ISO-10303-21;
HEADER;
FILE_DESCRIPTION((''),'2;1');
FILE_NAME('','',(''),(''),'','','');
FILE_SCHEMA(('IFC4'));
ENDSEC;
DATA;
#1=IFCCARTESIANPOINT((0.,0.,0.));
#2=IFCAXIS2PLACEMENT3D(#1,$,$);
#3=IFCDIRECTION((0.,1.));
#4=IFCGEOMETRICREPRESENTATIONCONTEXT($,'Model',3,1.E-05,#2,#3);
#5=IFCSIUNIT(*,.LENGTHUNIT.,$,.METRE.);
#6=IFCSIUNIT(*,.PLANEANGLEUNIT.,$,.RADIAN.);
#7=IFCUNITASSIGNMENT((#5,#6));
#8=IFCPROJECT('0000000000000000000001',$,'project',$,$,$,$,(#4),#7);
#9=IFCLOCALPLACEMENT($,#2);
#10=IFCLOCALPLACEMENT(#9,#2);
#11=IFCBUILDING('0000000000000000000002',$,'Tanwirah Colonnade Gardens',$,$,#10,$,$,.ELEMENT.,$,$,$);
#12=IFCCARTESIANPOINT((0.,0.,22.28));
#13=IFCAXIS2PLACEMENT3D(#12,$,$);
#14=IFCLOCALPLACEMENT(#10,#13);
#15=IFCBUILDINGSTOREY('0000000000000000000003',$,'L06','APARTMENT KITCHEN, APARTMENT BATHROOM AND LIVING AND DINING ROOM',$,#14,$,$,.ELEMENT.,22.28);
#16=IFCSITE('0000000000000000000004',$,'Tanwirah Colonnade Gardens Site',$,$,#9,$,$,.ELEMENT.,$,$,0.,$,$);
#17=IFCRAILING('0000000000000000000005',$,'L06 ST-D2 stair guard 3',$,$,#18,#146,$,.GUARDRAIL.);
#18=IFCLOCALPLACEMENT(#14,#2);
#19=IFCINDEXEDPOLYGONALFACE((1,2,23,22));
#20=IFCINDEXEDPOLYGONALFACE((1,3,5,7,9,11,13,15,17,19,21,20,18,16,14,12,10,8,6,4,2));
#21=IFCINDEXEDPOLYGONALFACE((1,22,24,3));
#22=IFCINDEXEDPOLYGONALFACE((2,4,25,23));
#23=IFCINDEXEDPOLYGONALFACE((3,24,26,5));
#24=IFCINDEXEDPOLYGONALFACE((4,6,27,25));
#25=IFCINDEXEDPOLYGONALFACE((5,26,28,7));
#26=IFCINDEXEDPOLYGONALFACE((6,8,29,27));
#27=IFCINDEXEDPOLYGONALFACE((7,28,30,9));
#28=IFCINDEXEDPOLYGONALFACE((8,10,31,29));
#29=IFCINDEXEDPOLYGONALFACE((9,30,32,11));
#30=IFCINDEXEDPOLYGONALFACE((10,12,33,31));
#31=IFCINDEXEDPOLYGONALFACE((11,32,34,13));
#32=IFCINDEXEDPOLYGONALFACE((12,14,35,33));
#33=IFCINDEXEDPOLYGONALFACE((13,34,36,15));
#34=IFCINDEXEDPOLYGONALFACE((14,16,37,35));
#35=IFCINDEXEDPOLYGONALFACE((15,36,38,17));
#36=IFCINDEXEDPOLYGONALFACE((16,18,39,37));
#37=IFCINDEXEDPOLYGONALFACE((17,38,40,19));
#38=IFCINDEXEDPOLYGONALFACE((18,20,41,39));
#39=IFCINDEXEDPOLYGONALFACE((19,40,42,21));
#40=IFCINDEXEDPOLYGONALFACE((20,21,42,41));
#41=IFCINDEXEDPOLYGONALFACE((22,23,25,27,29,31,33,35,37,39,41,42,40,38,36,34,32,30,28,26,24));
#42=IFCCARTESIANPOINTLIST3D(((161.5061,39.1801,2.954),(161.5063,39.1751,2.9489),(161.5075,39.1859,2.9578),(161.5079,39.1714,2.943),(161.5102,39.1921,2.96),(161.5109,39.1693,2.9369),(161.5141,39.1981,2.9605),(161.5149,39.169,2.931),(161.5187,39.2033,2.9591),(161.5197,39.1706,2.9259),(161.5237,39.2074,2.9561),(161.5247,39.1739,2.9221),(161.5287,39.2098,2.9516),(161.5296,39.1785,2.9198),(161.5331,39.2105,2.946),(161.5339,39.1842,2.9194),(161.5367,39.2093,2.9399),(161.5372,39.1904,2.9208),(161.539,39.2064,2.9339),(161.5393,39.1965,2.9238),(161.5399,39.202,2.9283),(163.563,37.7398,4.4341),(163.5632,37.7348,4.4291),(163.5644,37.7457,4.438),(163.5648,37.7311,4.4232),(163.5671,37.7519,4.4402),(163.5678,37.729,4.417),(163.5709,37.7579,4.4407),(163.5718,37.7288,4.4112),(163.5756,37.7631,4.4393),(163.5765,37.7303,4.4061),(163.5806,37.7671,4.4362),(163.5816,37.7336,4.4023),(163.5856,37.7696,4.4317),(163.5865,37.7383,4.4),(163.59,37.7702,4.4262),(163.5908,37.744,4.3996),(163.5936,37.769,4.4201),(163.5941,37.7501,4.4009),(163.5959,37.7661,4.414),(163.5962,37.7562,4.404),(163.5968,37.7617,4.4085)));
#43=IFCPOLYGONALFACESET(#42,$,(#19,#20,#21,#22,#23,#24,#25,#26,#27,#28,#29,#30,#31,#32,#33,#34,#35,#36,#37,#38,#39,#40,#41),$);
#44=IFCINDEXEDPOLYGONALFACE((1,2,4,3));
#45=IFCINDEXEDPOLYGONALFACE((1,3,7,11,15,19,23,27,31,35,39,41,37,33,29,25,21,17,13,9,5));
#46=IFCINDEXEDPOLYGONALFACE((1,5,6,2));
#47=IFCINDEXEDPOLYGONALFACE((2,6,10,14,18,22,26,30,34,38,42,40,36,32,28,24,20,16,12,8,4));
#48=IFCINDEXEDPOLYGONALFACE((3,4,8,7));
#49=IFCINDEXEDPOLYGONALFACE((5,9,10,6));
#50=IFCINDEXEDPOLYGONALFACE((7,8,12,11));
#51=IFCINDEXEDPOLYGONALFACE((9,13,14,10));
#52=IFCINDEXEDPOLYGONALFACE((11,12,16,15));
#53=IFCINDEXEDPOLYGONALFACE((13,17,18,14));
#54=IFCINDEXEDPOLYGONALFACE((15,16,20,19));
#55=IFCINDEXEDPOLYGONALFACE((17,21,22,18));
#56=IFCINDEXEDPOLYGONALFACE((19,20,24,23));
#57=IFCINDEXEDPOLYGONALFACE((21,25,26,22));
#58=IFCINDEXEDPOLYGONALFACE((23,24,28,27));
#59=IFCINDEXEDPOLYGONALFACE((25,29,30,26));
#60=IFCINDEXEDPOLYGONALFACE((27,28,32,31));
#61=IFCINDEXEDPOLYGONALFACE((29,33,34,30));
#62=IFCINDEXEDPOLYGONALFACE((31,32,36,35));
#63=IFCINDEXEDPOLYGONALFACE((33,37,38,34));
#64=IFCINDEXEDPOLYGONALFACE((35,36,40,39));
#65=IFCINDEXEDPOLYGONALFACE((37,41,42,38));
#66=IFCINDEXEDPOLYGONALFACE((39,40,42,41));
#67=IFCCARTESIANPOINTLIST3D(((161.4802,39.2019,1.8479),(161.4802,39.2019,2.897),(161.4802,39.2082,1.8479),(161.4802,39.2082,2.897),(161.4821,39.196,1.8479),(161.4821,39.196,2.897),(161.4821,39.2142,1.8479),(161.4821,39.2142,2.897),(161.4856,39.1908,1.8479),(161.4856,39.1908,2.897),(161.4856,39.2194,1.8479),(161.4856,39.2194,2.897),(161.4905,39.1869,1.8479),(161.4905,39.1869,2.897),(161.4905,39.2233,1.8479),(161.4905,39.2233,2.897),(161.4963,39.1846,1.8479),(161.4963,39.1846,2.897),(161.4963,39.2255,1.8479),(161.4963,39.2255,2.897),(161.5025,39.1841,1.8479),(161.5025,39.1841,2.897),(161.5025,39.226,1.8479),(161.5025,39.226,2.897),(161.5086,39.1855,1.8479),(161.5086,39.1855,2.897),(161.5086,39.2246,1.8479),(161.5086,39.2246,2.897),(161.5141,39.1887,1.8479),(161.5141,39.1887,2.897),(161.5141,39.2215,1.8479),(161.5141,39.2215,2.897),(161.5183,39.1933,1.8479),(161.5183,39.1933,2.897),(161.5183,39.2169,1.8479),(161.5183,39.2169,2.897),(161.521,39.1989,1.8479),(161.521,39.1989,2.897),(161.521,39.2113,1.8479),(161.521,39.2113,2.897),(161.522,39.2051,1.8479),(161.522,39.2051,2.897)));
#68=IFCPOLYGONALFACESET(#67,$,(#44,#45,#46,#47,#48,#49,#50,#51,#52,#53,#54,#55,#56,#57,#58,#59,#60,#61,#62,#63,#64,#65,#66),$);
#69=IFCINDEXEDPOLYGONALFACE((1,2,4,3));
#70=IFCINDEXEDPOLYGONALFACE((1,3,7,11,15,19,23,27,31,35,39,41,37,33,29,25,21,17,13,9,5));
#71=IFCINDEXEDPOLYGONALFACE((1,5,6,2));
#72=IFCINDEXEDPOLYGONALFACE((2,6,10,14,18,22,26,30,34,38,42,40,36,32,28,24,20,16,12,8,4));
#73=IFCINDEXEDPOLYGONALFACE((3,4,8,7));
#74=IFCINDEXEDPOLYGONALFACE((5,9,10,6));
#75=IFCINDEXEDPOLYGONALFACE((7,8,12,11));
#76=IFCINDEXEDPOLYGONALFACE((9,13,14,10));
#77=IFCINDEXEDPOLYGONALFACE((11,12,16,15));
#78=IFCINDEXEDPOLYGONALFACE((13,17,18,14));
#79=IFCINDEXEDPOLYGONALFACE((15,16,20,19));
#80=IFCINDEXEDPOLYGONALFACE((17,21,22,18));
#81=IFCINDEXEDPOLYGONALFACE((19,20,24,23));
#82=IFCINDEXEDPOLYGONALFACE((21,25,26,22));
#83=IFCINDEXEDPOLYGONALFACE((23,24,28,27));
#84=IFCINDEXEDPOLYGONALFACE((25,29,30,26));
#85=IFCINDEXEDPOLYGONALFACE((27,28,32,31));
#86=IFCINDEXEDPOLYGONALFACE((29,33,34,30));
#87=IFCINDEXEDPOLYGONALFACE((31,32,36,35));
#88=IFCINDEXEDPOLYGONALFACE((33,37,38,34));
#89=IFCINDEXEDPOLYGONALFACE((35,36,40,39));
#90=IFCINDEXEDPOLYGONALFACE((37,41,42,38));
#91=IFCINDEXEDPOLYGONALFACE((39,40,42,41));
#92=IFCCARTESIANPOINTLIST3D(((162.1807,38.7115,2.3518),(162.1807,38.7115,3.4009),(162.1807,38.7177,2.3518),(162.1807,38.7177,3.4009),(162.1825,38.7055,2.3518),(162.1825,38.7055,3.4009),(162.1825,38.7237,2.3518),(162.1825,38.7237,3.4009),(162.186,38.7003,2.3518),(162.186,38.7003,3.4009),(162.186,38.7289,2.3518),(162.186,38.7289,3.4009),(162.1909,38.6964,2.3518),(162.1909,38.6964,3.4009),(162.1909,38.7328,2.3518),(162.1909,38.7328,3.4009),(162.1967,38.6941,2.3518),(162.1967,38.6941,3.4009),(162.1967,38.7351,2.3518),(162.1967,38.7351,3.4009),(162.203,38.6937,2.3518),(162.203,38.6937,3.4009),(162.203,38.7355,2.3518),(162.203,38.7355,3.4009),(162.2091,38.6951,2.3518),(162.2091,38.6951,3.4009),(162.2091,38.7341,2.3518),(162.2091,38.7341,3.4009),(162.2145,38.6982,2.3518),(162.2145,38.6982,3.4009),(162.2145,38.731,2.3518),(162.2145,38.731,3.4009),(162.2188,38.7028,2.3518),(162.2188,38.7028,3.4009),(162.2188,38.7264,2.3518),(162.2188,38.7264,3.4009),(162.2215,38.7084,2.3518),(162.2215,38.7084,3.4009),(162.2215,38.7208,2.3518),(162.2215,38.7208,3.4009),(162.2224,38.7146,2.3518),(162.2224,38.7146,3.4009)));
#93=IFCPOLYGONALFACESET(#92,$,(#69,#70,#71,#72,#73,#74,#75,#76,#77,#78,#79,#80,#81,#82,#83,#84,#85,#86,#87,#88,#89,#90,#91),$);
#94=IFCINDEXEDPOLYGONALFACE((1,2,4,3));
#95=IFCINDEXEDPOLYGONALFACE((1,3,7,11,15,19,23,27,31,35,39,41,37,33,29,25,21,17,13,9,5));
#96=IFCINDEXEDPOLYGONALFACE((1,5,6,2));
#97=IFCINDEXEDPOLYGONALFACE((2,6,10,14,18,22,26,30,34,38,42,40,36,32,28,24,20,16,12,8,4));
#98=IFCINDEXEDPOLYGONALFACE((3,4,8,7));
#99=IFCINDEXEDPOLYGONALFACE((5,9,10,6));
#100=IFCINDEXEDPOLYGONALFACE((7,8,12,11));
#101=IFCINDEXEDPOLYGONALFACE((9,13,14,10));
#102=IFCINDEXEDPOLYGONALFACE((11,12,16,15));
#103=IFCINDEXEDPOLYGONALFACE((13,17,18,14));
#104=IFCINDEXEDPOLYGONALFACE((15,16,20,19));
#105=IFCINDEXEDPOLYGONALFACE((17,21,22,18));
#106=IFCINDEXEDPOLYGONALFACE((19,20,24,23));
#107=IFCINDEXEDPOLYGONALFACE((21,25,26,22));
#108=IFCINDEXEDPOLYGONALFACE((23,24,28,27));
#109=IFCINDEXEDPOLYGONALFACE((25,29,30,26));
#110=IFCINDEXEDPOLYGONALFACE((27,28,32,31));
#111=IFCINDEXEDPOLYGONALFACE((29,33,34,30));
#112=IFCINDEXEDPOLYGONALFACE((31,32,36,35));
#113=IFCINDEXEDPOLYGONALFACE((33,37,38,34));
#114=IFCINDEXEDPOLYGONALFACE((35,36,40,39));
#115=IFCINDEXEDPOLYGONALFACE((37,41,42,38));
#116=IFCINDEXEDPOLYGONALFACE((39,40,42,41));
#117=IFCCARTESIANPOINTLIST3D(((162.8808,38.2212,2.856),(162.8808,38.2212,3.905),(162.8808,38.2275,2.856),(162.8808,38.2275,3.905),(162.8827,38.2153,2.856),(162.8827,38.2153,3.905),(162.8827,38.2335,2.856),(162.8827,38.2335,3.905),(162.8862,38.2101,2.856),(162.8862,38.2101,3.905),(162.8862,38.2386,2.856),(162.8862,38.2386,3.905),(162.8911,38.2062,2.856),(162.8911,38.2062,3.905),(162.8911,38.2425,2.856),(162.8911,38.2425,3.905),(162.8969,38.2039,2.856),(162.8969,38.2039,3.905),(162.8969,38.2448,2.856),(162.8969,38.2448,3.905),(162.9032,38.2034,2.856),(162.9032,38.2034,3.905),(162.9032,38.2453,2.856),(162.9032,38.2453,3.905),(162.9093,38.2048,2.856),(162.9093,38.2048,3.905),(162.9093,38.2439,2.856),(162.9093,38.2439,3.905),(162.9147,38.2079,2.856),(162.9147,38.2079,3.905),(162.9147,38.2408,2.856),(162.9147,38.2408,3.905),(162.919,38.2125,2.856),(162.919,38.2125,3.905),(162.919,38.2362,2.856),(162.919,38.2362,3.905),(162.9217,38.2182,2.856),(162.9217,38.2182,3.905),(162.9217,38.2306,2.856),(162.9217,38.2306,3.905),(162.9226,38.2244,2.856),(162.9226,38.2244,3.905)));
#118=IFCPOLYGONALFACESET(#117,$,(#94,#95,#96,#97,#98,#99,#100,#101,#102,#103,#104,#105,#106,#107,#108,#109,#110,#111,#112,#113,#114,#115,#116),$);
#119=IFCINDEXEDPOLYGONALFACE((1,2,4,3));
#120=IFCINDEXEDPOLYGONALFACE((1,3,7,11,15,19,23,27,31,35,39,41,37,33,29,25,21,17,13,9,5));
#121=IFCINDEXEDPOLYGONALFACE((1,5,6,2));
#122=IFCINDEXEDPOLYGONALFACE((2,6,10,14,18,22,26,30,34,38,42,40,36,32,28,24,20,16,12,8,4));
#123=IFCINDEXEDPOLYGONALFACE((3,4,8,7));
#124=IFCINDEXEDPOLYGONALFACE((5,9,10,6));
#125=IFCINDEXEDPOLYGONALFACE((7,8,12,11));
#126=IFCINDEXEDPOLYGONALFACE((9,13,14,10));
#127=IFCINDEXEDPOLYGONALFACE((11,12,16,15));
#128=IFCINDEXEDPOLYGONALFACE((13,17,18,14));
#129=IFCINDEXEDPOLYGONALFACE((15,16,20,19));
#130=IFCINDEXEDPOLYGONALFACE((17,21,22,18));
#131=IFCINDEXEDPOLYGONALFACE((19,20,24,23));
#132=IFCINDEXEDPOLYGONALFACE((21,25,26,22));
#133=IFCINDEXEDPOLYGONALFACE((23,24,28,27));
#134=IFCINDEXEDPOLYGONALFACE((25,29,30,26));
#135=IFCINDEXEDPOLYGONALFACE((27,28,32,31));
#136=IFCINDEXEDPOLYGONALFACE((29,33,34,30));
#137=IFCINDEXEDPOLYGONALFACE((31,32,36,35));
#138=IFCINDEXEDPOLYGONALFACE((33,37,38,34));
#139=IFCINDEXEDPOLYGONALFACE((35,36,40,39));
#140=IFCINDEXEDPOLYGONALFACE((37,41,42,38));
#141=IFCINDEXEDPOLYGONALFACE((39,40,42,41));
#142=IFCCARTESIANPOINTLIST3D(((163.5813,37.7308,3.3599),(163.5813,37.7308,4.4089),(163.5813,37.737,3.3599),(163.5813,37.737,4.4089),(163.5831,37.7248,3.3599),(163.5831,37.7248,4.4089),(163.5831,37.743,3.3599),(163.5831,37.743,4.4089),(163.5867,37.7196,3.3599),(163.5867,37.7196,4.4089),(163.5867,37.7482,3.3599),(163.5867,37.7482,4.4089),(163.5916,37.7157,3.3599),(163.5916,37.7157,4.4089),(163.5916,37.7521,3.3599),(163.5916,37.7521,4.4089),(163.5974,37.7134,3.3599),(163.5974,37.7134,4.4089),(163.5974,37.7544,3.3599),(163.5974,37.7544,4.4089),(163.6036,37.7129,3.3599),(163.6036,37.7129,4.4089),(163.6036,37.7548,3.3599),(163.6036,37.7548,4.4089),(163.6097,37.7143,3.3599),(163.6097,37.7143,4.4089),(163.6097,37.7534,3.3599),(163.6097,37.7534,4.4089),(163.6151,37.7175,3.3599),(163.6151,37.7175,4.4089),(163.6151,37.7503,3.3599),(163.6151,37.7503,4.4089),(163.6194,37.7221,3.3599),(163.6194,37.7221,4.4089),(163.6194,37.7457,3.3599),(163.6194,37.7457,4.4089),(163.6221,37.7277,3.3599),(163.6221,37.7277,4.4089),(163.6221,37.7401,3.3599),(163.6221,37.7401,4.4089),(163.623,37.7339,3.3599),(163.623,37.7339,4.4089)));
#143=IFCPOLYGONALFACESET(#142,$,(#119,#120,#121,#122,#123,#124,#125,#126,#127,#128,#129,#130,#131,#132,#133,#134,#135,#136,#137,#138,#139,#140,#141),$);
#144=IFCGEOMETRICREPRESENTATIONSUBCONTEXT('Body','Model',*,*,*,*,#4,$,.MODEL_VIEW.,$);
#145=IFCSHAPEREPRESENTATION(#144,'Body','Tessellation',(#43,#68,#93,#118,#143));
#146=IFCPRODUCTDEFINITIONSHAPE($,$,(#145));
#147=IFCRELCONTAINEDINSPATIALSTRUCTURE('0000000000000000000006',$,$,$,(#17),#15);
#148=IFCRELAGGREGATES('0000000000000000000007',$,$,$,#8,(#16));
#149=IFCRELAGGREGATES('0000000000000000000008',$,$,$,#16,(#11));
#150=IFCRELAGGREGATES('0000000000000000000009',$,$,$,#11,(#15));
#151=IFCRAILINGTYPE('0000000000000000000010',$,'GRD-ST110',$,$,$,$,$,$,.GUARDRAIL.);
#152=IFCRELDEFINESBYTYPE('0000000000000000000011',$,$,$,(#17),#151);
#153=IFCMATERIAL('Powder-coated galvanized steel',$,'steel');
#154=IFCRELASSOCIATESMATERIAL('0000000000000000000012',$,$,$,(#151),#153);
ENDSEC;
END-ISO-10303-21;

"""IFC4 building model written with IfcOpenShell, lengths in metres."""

from ifc_helpers import new_model, si_unit, direction, frame, origin, origin_2d, place, context, subcontext, project, spatial, circle, extrude, material, type_object, element, save


model = new_model("IFC4")

# Units and contexts
model_context = context("Model", 3, precision=1e-05, world=origin(), true_north=direction((0.0, 1.0)))
body_context = subcontext(model_context, "Body", "Model", "MODEL_VIEW")
ifc_project = project(units=[si_unit("LENGTHUNIT", "METRE"), si_unit("PLANEANGLEUNIT", "RADIAN")], contexts=[model_context])

# Site, building, storey
site_placement = place(None, origin())
site = spatial("IfcSite", under=ifc_project, at=site_placement, Name="Tanwirah Colonnade Gardens Site", CompositionType="ELEMENT", RefElevation=0.0)
building_placement = place(site_placement, origin())
building = spatial("IfcBuilding", under=site, at=building_placement, Name="Tanwirah Colonnade Gardens", CompositionType="ELEMENT")
storey_placement = place(building_placement, frame((0.0, 0.0, 22.28)))
storey = spatial("IfcBuildingStorey", under=building, at=storey_placement, Name="L06", Description="APARTMENT KITCHEN, APARTMENT BATHROOM AND LIVING AND DINING ROOM", CompositionType="ELEMENT", Elevation=22.28)

# Railing
ifc_material_1 = material(Name="Powder-coated galvanized steel", Category="steel")
railing_type_1 = type_object("IfcRailingType", Name="GRD-ST110", PredefinedType="GUARDRAIL", material=ifc_material_1)
railing_1_placement = place(storey_placement, frame((161.501, 39.2051, 1.8479)))
element("IfcRailing", 1, at=railing_1_placement, inside=storey, type_object=railing_type_1, Name="L06 ST-D2 stair guard 3", PredefinedType="GUARDRAIL", context=body_context, shape_type="SweptSolid", body=[
    extrude(circle(Radius=0.0239, at=origin_2d()), frame((0.022, -0.0154, 1.092), z_axis=(0.705673, -0.494118, 0.507812), x_axis=(0.573577, 0.819151, 0.0)), (0.0, 0.0, 1.0), 2.9148),
    extrude(circle(Radius=0.021, at=origin_2d()), origin(), (0.0, 0.0, 1.0), 1.0491),
    extrude(circle(Radius=0.021, at=origin_2d()), frame((0.7004, -0.4905, 0.5039)), (0.0, 0.0, 1.0), 1.0491),
    extrude(circle(Radius=0.021, at=origin_2d()), frame((1.4006, -0.9807, 1.0081)), (0.0, 0.0, 1.0), 1.0491),
    extrude(circle(Radius=0.021, at=origin_2d()), frame((2.1011, -1.4712, 1.512)), (0.0, 0.0, 1.0), 1.0491),
])

save(model, "model.ifc")
